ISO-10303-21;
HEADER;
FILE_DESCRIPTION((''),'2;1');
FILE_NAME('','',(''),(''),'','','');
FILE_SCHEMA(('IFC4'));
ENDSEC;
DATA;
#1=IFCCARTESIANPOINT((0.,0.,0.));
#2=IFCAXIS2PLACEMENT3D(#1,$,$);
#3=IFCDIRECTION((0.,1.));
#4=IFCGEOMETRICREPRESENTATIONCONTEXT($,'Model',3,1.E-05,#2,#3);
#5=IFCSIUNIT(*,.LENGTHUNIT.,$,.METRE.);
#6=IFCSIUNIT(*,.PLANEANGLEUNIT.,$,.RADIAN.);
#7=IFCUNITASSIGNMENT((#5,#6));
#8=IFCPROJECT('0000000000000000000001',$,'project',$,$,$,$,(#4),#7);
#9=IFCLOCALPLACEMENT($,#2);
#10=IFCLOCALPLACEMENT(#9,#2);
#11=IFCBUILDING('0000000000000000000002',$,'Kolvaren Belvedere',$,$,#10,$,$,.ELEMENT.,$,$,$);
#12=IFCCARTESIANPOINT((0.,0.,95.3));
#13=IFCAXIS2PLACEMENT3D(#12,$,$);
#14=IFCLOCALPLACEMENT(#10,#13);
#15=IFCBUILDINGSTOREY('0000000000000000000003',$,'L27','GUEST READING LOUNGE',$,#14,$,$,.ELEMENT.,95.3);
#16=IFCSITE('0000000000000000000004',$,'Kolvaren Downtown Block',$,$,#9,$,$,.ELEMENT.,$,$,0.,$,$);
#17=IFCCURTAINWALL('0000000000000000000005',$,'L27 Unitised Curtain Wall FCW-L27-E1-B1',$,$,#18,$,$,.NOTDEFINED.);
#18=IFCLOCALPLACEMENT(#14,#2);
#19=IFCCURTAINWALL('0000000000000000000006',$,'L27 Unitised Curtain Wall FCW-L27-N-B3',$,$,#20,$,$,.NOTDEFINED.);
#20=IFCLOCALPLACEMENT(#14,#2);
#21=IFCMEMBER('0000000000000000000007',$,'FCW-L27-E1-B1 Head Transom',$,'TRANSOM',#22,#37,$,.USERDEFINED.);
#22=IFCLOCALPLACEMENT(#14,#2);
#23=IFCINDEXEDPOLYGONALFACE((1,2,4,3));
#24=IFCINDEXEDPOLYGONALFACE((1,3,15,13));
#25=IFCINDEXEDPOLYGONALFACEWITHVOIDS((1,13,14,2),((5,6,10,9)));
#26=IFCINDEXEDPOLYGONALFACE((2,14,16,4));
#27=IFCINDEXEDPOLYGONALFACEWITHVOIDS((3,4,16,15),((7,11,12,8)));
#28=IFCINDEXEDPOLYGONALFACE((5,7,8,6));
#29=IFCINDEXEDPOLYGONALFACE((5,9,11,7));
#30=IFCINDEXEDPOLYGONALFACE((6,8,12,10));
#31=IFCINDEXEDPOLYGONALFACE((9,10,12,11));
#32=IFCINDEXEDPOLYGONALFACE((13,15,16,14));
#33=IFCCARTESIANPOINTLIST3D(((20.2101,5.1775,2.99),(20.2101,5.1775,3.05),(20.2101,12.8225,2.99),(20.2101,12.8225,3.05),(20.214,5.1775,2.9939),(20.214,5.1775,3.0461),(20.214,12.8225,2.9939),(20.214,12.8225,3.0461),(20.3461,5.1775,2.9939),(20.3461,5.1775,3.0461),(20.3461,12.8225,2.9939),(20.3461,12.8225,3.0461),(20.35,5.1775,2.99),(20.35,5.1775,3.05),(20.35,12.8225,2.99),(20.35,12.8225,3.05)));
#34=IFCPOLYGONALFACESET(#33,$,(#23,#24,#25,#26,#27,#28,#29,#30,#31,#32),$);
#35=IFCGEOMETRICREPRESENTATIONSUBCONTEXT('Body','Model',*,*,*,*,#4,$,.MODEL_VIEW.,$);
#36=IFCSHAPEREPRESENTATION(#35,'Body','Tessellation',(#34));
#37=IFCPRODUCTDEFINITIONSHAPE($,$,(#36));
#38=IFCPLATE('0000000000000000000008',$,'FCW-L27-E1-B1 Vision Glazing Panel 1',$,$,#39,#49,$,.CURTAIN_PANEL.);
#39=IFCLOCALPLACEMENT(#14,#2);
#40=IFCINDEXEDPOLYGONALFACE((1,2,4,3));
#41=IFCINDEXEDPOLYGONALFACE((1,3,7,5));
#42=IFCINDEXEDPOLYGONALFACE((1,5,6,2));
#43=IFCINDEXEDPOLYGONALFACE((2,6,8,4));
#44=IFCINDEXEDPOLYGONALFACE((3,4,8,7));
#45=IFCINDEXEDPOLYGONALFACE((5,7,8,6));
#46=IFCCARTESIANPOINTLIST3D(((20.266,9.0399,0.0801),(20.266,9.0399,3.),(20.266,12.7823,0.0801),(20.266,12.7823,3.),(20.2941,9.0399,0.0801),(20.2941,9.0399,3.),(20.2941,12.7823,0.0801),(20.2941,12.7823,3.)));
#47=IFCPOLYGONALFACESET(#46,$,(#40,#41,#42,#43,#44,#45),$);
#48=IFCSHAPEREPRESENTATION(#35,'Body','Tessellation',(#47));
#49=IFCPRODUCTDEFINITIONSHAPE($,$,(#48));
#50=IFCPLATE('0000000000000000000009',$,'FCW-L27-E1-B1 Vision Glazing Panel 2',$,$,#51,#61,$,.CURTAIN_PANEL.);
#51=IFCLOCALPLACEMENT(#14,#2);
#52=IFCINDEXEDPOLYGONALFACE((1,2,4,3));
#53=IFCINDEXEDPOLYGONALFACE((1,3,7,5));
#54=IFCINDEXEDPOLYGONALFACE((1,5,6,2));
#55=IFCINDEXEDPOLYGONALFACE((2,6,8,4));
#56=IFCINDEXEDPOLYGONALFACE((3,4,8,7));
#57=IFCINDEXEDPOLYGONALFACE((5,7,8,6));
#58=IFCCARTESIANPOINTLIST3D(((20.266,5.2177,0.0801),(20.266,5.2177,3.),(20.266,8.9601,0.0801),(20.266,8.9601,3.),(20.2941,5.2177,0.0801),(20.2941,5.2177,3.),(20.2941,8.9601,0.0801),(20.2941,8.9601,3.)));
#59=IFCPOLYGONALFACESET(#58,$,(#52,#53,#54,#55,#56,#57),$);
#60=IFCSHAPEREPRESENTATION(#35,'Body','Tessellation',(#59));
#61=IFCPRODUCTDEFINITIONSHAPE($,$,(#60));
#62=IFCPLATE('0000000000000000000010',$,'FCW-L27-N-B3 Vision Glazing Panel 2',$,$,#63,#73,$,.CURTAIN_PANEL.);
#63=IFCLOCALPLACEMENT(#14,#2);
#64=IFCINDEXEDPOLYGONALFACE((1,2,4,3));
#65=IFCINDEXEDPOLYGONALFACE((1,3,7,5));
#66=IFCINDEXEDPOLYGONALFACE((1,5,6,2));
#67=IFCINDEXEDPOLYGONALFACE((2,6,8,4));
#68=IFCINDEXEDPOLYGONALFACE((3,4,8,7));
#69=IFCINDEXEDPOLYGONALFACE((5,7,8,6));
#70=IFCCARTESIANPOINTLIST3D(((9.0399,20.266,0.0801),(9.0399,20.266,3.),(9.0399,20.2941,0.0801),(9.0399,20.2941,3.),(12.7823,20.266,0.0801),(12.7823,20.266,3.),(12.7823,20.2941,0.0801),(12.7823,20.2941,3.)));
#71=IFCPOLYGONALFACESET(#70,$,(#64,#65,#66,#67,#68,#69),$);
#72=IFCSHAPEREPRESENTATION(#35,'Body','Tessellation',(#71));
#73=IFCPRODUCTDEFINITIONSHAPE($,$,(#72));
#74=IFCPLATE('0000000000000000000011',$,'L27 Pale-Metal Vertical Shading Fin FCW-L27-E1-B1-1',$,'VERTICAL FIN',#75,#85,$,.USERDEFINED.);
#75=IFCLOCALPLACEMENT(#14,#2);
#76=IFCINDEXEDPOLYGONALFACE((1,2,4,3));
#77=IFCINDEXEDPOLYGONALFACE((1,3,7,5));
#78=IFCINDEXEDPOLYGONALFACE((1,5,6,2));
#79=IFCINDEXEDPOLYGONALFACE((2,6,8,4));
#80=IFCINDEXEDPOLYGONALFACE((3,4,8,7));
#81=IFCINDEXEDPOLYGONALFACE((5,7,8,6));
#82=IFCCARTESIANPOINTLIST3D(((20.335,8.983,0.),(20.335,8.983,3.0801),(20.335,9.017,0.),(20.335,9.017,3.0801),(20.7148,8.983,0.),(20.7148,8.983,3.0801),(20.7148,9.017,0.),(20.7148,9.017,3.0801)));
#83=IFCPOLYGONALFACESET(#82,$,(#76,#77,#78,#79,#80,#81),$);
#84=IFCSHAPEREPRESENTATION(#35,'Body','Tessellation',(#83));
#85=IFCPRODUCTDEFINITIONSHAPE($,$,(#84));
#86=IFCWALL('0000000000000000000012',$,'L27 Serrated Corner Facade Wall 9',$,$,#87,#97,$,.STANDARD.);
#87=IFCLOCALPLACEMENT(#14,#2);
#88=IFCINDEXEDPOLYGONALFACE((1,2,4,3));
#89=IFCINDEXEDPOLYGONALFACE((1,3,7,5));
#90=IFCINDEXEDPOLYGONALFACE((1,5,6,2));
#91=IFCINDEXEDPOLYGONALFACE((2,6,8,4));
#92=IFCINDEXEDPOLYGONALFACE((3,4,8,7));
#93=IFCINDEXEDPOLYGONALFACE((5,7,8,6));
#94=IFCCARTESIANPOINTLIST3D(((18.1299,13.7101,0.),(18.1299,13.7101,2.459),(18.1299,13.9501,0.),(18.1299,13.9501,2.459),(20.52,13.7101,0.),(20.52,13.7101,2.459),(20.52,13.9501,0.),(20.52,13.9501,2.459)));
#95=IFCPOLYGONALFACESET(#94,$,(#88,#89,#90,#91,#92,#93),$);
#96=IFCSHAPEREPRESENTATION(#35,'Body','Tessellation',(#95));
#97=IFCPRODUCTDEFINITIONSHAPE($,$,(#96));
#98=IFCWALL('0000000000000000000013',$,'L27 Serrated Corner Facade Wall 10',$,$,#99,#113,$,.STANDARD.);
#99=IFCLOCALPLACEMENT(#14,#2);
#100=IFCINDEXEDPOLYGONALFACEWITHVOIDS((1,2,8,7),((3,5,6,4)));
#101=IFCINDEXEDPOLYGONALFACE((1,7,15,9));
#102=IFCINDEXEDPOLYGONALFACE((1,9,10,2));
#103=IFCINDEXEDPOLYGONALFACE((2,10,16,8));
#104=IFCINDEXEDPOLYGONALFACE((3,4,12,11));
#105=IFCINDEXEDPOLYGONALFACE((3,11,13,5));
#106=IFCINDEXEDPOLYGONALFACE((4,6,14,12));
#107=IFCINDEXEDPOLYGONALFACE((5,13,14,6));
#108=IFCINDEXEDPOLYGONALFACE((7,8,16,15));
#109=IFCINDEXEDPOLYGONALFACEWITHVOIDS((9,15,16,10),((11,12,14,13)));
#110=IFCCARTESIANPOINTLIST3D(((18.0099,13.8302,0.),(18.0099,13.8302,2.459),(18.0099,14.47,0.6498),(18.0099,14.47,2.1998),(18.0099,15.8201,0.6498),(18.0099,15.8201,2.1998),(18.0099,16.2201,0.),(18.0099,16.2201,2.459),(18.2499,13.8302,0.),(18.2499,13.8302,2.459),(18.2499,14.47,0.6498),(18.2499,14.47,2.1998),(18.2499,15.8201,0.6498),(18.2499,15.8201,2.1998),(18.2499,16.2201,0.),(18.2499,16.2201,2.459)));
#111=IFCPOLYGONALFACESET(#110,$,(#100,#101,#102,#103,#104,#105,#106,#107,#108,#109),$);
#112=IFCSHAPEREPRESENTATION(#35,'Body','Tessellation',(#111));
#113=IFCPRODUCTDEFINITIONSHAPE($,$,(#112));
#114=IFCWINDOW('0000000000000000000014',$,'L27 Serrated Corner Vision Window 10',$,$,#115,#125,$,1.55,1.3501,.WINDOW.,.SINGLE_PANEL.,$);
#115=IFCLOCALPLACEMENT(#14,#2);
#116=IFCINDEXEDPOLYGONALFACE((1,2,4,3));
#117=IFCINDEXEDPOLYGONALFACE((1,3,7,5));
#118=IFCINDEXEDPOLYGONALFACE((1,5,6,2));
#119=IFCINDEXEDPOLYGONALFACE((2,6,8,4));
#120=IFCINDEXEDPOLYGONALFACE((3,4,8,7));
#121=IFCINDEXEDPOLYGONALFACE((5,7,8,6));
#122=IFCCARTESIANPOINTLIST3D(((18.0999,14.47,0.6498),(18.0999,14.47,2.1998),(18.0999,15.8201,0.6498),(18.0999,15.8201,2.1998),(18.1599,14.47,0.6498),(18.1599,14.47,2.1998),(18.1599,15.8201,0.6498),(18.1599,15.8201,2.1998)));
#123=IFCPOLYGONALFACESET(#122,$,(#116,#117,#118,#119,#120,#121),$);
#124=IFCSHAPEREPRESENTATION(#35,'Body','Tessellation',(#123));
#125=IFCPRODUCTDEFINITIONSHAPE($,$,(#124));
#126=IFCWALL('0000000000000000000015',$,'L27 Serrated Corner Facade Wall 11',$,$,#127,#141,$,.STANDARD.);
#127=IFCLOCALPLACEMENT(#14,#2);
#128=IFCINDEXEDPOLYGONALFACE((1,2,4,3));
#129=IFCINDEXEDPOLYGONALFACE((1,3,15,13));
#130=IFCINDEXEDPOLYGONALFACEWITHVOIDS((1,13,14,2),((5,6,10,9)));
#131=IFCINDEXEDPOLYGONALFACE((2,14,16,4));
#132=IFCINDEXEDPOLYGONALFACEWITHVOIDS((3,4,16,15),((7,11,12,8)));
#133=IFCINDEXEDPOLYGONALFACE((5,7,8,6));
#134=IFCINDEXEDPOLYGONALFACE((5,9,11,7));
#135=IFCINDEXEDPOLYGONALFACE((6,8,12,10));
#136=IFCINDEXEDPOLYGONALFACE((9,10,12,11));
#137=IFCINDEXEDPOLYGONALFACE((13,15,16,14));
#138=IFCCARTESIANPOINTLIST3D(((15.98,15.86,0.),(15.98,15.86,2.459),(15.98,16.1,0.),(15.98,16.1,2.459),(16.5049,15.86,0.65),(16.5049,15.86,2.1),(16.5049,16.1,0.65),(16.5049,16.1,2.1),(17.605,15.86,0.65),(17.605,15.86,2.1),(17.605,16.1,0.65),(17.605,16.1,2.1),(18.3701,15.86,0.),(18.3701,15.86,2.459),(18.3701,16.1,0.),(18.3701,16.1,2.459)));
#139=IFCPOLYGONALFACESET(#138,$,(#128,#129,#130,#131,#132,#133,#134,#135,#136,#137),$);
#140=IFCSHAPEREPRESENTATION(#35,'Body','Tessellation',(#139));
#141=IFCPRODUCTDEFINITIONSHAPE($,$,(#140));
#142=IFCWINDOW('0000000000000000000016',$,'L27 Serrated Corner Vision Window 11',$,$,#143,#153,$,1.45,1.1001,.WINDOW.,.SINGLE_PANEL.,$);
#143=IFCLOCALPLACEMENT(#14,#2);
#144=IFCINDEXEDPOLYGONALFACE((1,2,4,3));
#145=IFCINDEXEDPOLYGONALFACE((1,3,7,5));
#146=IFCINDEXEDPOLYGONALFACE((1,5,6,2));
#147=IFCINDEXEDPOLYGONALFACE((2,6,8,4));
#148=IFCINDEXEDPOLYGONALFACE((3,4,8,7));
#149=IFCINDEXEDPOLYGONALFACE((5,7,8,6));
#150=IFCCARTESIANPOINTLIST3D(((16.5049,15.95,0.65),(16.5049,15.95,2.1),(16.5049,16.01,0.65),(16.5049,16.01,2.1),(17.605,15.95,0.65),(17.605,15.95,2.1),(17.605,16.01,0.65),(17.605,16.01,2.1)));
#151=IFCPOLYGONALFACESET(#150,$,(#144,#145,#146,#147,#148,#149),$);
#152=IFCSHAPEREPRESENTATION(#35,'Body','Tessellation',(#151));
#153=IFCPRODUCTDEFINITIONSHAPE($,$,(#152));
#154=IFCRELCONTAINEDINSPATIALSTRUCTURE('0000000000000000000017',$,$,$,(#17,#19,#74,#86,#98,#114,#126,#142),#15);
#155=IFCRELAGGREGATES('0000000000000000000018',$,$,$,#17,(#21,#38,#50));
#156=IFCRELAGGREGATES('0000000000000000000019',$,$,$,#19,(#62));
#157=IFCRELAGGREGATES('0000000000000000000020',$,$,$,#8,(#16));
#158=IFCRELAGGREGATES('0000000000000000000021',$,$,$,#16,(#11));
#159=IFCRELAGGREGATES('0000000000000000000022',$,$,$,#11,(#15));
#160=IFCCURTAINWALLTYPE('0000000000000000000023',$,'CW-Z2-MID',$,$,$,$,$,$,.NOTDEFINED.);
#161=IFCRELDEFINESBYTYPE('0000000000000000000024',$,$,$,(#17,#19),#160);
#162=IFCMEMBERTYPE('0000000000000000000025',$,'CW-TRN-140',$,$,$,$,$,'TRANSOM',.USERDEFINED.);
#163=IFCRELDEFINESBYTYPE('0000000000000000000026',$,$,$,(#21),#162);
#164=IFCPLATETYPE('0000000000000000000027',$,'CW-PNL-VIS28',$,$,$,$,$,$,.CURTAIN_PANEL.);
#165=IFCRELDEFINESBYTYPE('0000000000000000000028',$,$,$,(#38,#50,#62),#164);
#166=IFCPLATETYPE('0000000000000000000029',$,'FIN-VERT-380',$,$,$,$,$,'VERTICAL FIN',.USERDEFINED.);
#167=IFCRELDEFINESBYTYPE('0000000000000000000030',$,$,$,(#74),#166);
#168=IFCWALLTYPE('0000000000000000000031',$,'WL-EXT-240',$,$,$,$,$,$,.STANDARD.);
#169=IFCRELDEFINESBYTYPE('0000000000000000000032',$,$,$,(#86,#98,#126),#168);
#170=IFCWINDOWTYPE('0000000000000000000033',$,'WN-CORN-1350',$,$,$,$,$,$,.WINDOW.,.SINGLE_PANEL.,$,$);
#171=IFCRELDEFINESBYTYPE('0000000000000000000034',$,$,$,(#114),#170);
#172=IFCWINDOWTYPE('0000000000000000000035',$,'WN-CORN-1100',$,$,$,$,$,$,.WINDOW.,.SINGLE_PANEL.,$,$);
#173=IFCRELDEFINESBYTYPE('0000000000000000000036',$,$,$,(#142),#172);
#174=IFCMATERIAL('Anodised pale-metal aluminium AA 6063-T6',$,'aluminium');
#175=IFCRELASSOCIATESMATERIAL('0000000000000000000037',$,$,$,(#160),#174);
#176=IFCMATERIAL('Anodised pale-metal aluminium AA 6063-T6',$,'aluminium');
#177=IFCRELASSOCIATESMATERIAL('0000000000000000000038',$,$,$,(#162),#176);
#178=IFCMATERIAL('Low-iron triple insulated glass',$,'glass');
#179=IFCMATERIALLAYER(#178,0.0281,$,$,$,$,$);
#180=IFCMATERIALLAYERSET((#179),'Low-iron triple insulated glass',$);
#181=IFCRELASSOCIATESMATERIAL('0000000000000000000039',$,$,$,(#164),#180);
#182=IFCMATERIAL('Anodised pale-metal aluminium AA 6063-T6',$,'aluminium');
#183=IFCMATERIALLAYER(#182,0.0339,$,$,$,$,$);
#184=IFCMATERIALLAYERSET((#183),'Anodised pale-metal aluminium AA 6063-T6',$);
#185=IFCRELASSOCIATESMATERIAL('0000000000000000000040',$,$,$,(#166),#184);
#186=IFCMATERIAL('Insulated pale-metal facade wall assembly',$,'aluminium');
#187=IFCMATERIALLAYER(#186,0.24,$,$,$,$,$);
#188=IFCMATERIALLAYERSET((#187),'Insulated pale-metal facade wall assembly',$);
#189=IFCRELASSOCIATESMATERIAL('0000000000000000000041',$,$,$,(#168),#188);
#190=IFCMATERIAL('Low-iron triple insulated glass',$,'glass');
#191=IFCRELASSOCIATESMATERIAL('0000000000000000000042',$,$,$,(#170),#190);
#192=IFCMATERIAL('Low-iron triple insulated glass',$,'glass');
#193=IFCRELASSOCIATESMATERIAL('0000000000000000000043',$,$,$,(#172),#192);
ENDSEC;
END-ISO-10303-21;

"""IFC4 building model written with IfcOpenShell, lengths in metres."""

from ifc_helpers import new_model, si_unit, direction, frame, frame_2d, origin, origin_2d, place, context, subcontext, project, spatial, rectangle, hollow_rectangle, extrude, material, layer, layer_set, material_profile, profile_set, type_object, element, fill, aggregate, save


model = new_model("IFC4")

# Units and contexts
model_context = context("Model", 3, precision=1e-05, world=origin(), true_north=direction((0.0, 1.0)))
body_context = subcontext(model_context, "Body", "Model", "MODEL_VIEW")
ifc_project = project(units=[si_unit("LENGTHUNIT", "METRE"), si_unit("PLANEANGLEUNIT", "RADIAN")], contexts=[model_context])

# Site, building, storey
site_placement = place(None, origin())
site = spatial("IfcSite", under=ifc_project, at=site_placement, Name="Kolvaren Downtown Block", CompositionType="ELEMENT", RefElevation=0.0)
building_placement = place(site_placement, origin())
building = spatial("IfcBuilding", under=site, at=building_placement, Name="Kolvaren Belvedere", CompositionType="ELEMENT")
storey_placement = place(building_placement, frame((0.0, 0.0, 95.3)))
storey = spatial("IfcBuildingStorey", under=building, at=storey_placement, Name="L27", Description="GUEST READING LOUNGE", CompositionType="ELEMENT", Elevation=95.3)

# Curtain wall
ifc_material_1 = material(Name="Anodised pale-metal aluminium AA 6063-T6", Category="aluminium")
curtain_wall_type = type_object("IfcCurtainWallType", Name="CW-Z2-MID", PredefinedType="NOTDEFINED", material=ifc_material_1)
curtain_wall_1_placement = place(storey_placement, origin())
curtain_wall_1 = element("IfcCurtainWall", 1, at=curtain_wall_1_placement, inside=storey, type_object=curtain_wall_type, Name="L27 Unitised Curtain Wall FCW-L27-E1-B1", PredefinedType="NOTDEFINED")

# Curtain wall
curtain_wall_2_placement = place(storey_placement, origin())
curtain_wall_2 = element("IfcCurtainWall", 2, at=curtain_wall_2_placement, inside=storey, type_object=curtain_wall_type, Name="L27 Unitised Curtain Wall FCW-L27-N-B3", PredefinedType="NOTDEFINED")

# Member
ifc_material_2 = material(Name="Anodised pale-metal aluminium AA 6063-T6", Category="aluminium")
ifc_material_profile_1 = material_profile(ifc_material_2, hollow_rectangle(XDim=0.0601, YDim=0.1399, WallThickness=0.0039, at=origin_2d()), Name="ALU-TRN-140X60")
ifc_profile_set_1 = profile_set([ifc_material_profile_1], Name="Anodised pale-metal aluminium AA 6063-T6")
member_type_1 = type_object("IfcMemberType", Name="CW-TRN-140", ElementType="TRANSOM", PredefinedType="USERDEFINED", material=ifc_profile_set_1)
member_1_placement = place(storey_placement, frame((20.28, 12.8225, 3.02), z_axis=(0.0, -1.0, 0.0), x_axis=(0.0, 0.0, 1.0)))
member_1 = element("IfcMember", 3, at=member_1_placement, type_object=member_type_1, Name="FCW-L27-E1-B1 Head Transom", ObjectType="TRANSOM", PredefinedType="USERDEFINED", context=body_context, shape_type="SweptSolid", body=[
    extrude(hollow_rectangle(XDim=0.0601, YDim=0.1399, WallThickness=0.0039, at=origin_2d()), origin(), (0.0, 0.0, 1.0), 7.645),
])

# Plates
ifc_material_3 = material(Name="Low-iron triple insulated glass", Category="glass")
ifc_layer_1 = layer(ifc_material_3, 0.0281)
ifc_layer_set_1 = layer_set([ifc_layer_1], Name="Low-iron triple insulated glass")
plate_type_1 = type_object("IfcPlateType", Name="CW-PNL-VIS28", PredefinedType="CURTAIN_PANEL", material=ifc_layer_set_1)
plate_1_placement = place(storey_placement, frame((20.28, 10.9111, 0.0801), z_axis=(0.0, 0.0, 1.0), x_axis=(0.0, -1.0, 0.0)))
plate_1 = element("IfcPlate", 4, at=plate_1_placement, type_object=plate_type_1, Name="FCW-L27-E1-B1 Vision Glazing Panel 1", PredefinedType="CURTAIN_PANEL", context=body_context, shape_type="SweptSolid", body=[
    extrude(rectangle(XDim=3.7424, YDim=0.0281, at=origin_2d()), origin(), (0.0, 0.0, 1.0), 2.9199),
])
plate_2_placement = place(storey_placement, frame((20.28, 7.0889, 0.0801), z_axis=(0.0, 0.0, 1.0), x_axis=(0.0, -1.0, 0.0)))
plate_2 = element("IfcPlate", 5, at=plate_2_placement, type_object=plate_type_1, Name="FCW-L27-E1-B1 Vision Glazing Panel 2", PredefinedType="CURTAIN_PANEL", context=body_context, shape_type="SweptSolid", body=[
    extrude(rectangle(XDim=3.7424, YDim=0.0281, at=origin_2d()), origin(), (0.0, 0.0, 1.0), 2.9199),
])
aggregate(curtain_wall_1, [member_1, plate_1, plate_2])
plate_3_placement = place(storey_placement, frame((10.9111, 20.28, 0.0801), z_axis=(0.0, 0.0, 1.0), x_axis=(1.0, 0.0, 0.0)))
plate_3 = element("IfcPlate", 6, at=plate_3_placement, type_object=plate_type_1, Name="FCW-L27-N-B3 Vision Glazing Panel 2", PredefinedType="CURTAIN_PANEL", context=body_context, shape_type="SweptSolid", body=[
    extrude(rectangle(XDim=3.7424, YDim=0.0281, at=origin_2d()), origin(), (0.0, 0.0, 1.0), 2.9199),
])
aggregate(curtain_wall_2, [plate_3])
ifc_material_4 = material(Name="Anodised pale-metal aluminium AA 6063-T6", Category="aluminium")
ifc_layer_2 = layer(ifc_material_4, 0.0339)
ifc_layer_set_2 = layer_set([ifc_layer_2], Name="Anodised pale-metal aluminium AA 6063-T6")
plate_type_2 = type_object("IfcPlateType", Name="FIN-VERT-380", ElementType="VERTICAL FIN", PredefinedType="USERDEFINED", material=ifc_layer_set_2)
plate_4_placement = place(storey_placement, frame((20.5249, 9.0, 0.0), z_axis=(0.0, 0.0, 1.0), x_axis=(1.0, 0.0, 0.0)))
element("IfcPlate", 7, at=plate_4_placement, inside=storey, type_object=plate_type_2, Name="L27 Pale-Metal Vertical Shading Fin FCW-L27-E1-B1-1", ObjectType="VERTICAL FIN", PredefinedType="USERDEFINED", context=body_context, shape_type="SweptSolid", body=[
    extrude(rectangle(XDim=0.3799, YDim=0.0339, at=origin_2d()), origin(), (0.0, 0.0, 1.0), 3.0801),
])

# Wall
ifc_material_5 = material(Name="Insulated pale-metal facade wall assembly", Category="aluminium")
ifc_layer_3 = layer(ifc_material_5, 0.24)
ifc_layer_set_3 = layer_set([ifc_layer_3], Name="Insulated pale-metal facade wall assembly")
wall_type_1 = type_object("IfcWallType", Name="WL-EXT-240", PredefinedType="STANDARD", material=ifc_layer_set_3)
wall_1_placement = place(storey_placement, frame((18.1299, 13.8301, 0.0), z_axis=(0.0, 0.0, 1.0), x_axis=(1.0, 0.0, 0.0)))
element("IfcWall", 8, at=wall_1_placement, inside=storey, type_object=wall_type_1, Name="L27 Serrated Corner Facade Wall 9", PredefinedType="STANDARD", context=body_context, shape_type="SweptSolid", body=[
    extrude(rectangle(XDim=2.3901, YDim=0.24, at=frame_2d((1.1951, 0.0))), origin(), (0.0, 0.0, 1.0), 2.459),
])

# Walls, openings, windows
wall_2_placement = place(storey_placement, frame((18.1299, 16.22, 0.0), z_axis=(0.0, 0.0, 1.0), x_axis=(0.0, -1.0, 0.0)))
wall_2 = element("IfcWall", 9, at=wall_2_placement, inside=storey, type_object=wall_type_1, Name="L27 Serrated Corner Facade Wall 10", PredefinedType="STANDARD", context=body_context, shape_type="SweptSolid", body=[
    extrude(rectangle(XDim=2.3899, YDim=0.24, at=frame_2d((1.1948, 0.0))), origin(), (0.0, 0.0, 1.0), 2.459),
])
opening_1_placement = place(wall_2_placement, frame((0.3999, 0.0, 0.6499)))
opening_1 = element("IfcOpeningElement", 10, at=opening_1_placement, cuts=wall_2, PredefinedType="OPENING", context=body_context, shape_type="SweptSolid", body=[
    extrude(rectangle(XDim=1.3501, YDim=1.55, at=frame_2d((0.675, 0.7749))), frame((0.0, 0.1299, 0.0), z_axis=(0.0, -1.0, 0.0), x_axis=(1.0, 0.0, 0.0)), (0.0, 0.0, 1.0), 0.26),
])
ifc_material_6 = material(Name="Low-iron triple insulated glass", Category="glass")
window_type_1 = type_object("IfcWindowType", Name="WN-CORN-1350", PartitioningType="SINGLE_PANEL", PredefinedType="WINDOW", material=ifc_material_6)
window_1_placement = place(opening_1_placement, origin())
window_1 = element("IfcWindow", 11, at=window_1_placement, inside=storey, type_object=window_type_1, Name="L27 Serrated Corner Vision Window 10", OverallHeight=1.55, OverallWidth=1.3501, PartitioningType="SINGLE_PANEL", PredefinedType="WINDOW", context=body_context, shape_type="SweptSolid", body=[
    extrude(rectangle(XDim=1.3501, YDim=1.55, at=frame_2d((0.675, 0.7749))), frame((0.0, 0.03, 0.0), z_axis=(0.0, -1.0, 0.0), x_axis=(1.0, 0.0, 0.0)), (0.0, 0.0, 1.0), 0.0601),
])
fill(opening_1, window_1)
wall_3_placement = place(storey_placement, frame((15.98, 15.98, 0.0), z_axis=(0.0, 0.0, 1.0), x_axis=(1.0, 0.0, 0.0)))
wall_3 = element("IfcWall", 12, at=wall_3_placement, inside=storey, type_object=wall_type_1, Name="L27 Serrated Corner Facade Wall 11", PredefinedType="STANDARD", context=body_context, shape_type="SweptSolid", body=[
    extrude(rectangle(XDim=2.3901, YDim=0.24, at=frame_2d((1.1951, 0.0))), origin(), (0.0, 0.0, 1.0), 2.459),
])
opening_2_placement = place(wall_3_placement, frame((0.5249, 0.0, 0.6499)))
opening_2 = element("IfcOpeningElement", 13, at=opening_2_placement, cuts=wall_3, PredefinedType="OPENING", context=body_context, shape_type="SweptSolid", body=[
    extrude(rectangle(XDim=1.1001, YDim=1.45, at=frame_2d((0.55, 0.7251))), frame((0.0, 0.1299, 0.0), z_axis=(0.0, -1.0, 0.0), x_axis=(1.0, 0.0, 0.0)), (0.0, 0.0, 1.0), 0.26),
])
ifc_material_7 = material(Name="Low-iron triple insulated glass", Category="glass")
window_type_2 = type_object("IfcWindowType", Name="WN-CORN-1100", PartitioningType="SINGLE_PANEL", PredefinedType="WINDOW", material=ifc_material_7)
window_2_placement = place(opening_2_placement, origin())
window_2 = element("IfcWindow", 14, at=window_2_placement, inside=storey, type_object=window_type_2, Name="L27 Serrated Corner Vision Window 11", OverallHeight=1.45, OverallWidth=1.1001, PartitioningType="SINGLE_PANEL", PredefinedType="WINDOW", context=body_context, shape_type="SweptSolid", body=[
    extrude(rectangle(XDim=1.1001, YDim=1.45, at=frame_2d((0.55, 0.7251))), frame((0.0, 0.03, 0.0), z_axis=(0.0, -1.0, 0.0), x_axis=(1.0, 0.0, 0.0)), (0.0, 0.0, 1.0), 0.0601),
])
fill(opening_2, window_2)

save(model, "model.ifc")
